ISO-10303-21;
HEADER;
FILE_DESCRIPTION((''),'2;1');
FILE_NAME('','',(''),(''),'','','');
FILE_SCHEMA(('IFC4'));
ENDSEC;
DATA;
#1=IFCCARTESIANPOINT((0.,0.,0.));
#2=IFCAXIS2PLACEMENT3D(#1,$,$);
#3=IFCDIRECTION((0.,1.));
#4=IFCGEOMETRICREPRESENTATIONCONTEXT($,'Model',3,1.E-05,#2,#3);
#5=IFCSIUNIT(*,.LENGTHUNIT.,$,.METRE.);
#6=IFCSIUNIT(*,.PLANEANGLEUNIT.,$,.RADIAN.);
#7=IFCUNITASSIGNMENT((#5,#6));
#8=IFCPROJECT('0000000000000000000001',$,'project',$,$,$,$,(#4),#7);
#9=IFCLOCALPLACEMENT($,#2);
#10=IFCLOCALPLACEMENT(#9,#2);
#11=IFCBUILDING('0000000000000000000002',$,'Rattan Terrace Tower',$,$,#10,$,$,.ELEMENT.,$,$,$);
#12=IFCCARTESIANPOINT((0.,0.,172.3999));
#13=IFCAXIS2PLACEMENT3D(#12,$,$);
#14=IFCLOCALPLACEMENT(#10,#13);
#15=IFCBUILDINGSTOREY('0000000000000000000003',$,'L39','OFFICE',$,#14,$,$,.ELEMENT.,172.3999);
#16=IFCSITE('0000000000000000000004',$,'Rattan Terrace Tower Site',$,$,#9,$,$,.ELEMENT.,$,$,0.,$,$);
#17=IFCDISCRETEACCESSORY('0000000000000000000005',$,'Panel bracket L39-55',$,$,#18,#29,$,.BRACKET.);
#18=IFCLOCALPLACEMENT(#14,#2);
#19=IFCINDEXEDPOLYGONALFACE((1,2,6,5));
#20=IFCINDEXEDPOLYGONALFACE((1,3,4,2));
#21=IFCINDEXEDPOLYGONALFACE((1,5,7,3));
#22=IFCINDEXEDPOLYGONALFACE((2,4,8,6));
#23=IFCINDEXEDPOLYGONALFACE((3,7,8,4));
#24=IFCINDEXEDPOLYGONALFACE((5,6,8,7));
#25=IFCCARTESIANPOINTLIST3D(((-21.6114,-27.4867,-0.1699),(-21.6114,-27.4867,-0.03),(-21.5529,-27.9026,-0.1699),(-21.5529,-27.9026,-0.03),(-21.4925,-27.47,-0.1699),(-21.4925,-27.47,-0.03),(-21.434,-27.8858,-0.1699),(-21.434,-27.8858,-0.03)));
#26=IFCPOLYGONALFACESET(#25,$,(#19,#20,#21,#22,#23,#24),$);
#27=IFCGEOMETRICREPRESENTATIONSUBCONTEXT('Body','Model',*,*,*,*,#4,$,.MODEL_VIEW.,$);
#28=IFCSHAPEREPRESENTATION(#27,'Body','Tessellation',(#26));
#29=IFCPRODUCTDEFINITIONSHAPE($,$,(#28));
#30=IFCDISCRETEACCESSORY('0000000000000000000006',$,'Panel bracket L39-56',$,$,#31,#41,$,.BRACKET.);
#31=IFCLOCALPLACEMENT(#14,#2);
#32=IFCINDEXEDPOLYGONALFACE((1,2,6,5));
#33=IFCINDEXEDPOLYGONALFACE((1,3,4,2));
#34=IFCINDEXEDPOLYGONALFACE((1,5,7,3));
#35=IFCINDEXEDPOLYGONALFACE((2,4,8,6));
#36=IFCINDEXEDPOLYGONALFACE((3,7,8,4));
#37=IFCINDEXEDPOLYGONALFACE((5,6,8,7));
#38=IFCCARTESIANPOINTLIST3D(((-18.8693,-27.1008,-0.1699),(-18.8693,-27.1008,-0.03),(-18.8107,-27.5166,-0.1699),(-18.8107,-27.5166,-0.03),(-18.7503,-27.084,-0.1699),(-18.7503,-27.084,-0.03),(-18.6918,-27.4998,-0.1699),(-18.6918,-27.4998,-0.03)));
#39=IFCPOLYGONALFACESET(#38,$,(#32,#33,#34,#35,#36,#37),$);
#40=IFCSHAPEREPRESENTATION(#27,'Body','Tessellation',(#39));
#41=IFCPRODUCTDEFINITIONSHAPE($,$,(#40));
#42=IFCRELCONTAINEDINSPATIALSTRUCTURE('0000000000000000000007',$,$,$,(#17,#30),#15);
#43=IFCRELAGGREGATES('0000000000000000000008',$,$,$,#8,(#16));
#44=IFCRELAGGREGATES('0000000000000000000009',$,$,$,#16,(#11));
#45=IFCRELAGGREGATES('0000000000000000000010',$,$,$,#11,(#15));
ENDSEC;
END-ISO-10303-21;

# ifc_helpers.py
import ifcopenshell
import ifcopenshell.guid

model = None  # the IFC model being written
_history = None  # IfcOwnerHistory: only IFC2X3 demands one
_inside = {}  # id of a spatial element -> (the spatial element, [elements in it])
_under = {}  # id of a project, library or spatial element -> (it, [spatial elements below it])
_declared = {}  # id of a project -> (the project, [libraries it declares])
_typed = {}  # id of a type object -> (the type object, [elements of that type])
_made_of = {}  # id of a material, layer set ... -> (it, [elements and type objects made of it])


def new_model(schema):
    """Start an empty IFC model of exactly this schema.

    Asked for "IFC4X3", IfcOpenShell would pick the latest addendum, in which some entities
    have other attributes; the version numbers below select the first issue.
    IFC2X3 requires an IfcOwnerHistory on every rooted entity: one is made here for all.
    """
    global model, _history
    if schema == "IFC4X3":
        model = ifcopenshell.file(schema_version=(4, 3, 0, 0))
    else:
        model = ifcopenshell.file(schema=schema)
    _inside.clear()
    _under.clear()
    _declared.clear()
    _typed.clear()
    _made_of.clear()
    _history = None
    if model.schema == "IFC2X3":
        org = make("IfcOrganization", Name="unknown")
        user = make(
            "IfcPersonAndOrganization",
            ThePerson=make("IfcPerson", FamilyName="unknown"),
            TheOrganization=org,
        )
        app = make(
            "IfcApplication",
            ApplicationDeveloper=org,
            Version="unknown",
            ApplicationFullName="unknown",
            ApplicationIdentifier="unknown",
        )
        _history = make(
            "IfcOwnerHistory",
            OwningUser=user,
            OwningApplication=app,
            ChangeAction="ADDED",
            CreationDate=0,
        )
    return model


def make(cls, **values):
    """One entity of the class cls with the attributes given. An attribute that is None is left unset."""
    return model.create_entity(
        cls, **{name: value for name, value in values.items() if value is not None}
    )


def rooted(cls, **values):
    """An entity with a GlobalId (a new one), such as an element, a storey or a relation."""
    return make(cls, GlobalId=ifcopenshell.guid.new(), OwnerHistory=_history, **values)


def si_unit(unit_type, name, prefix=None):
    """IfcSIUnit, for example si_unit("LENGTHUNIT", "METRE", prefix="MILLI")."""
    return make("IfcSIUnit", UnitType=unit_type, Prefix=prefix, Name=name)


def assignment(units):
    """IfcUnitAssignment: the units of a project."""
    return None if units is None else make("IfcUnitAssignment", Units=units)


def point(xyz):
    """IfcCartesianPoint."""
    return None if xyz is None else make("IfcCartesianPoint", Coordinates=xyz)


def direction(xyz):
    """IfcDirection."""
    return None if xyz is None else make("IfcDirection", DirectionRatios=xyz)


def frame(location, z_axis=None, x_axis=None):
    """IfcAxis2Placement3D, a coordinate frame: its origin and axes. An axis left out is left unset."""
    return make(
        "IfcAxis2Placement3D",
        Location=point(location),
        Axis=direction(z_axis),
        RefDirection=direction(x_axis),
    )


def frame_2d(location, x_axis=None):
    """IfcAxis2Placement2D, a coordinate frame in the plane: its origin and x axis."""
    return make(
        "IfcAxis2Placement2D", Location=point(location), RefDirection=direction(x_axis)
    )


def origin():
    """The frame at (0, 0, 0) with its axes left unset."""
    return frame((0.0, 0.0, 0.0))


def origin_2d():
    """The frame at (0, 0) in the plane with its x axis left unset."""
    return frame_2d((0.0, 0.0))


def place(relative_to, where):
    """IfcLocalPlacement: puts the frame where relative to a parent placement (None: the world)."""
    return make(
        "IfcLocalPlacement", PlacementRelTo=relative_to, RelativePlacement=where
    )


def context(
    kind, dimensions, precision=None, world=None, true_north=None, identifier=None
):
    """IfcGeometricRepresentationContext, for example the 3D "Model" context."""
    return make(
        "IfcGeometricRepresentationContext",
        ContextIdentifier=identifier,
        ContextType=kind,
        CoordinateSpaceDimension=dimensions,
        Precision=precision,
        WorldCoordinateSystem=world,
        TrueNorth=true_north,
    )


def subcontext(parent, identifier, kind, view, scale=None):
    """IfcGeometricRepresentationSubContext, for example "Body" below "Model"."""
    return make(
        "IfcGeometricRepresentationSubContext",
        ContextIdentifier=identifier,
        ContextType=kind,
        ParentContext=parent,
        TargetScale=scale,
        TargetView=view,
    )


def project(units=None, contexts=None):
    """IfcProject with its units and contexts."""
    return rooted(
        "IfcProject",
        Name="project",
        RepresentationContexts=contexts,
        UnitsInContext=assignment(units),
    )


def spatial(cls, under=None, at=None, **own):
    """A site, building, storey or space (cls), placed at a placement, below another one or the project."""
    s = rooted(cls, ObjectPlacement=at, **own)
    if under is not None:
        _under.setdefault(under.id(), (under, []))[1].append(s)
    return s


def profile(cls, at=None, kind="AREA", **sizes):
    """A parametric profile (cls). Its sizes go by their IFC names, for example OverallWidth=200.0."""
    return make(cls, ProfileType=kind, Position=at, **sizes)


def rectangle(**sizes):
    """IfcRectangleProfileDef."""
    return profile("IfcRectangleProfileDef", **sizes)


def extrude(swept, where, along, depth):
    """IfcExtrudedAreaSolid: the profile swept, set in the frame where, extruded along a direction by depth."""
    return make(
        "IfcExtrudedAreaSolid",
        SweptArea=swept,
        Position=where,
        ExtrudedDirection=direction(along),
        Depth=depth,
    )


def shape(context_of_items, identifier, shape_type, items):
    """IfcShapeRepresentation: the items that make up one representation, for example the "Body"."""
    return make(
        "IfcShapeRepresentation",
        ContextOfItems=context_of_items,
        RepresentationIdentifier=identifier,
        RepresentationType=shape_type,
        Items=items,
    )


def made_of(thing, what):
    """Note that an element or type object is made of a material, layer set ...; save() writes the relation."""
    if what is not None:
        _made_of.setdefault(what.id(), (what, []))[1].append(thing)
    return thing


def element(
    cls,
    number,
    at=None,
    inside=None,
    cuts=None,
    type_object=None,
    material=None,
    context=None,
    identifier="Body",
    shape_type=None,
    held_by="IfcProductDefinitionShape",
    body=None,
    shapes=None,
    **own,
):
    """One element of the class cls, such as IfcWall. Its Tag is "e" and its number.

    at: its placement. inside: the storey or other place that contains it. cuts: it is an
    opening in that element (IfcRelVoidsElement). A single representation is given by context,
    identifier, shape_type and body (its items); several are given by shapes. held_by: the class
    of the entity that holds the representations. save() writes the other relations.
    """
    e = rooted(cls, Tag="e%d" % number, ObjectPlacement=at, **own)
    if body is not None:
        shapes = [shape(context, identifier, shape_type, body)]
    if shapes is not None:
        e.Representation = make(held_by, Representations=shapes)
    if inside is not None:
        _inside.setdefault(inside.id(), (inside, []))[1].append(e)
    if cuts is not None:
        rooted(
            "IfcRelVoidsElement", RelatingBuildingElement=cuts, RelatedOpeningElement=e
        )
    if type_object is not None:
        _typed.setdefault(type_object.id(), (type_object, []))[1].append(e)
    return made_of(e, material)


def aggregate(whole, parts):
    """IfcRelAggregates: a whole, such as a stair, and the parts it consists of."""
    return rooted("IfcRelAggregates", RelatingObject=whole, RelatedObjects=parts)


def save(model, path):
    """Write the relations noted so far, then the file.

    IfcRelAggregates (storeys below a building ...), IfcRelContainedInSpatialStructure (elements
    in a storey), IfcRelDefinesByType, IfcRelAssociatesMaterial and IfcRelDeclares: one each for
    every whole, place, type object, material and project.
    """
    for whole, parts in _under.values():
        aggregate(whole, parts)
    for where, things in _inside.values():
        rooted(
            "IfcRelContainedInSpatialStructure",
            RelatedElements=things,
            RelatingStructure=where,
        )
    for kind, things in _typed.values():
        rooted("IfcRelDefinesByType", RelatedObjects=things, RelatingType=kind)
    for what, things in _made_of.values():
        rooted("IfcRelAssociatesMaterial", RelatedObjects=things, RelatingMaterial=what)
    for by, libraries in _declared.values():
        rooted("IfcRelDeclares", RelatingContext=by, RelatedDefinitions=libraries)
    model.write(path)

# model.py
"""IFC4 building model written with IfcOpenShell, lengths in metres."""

from ifc_helpers import new_model, si_unit, direction, frame, origin, origin_2d, place, context, subcontext, project, spatial, rectangle, extrude, element, save


model = new_model("IFC4")

# Units and contexts
model_context = context("Model", 3, precision=1e-05, world=origin(), true_north=direction((0.0, 1.0)))
body_context = subcontext(model_context, "Body", "Model", "MODEL_VIEW")
ifc_project = project(units=[si_unit("LENGTHUNIT", "METRE"), si_unit("PLANEANGLEUNIT", "RADIAN")], contexts=[model_context])

# Site, building, storey
site_placement = place(None, origin())
site = spatial("IfcSite", under=ifc_project, at=site_placement, Name="Rattan Terrace Tower Site", CompositionType="ELEMENT", RefElevation=0.0)
building_placement = place(site_placement, origin())
building = spatial("IfcBuilding", under=site, at=building_placement, Name="Rattan Terrace Tower", CompositionType="ELEMENT")
storey_placement = place(building_placement, frame((0.0, 0.0, 172.3999)))
storey = spatial("IfcBuildingStorey", under=building, at=storey_placement, Name="L39", Description="OFFICE", CompositionType="ELEMENT", Elevation=172.3999)

# Discrete accessories
for number, where, z_axis, x_axis, name in (
    (1, (-21.5227, -27.6863, -0.1699), (0.0, 0.0, 1.0), (0.990241, 0.139367, 0.0), "Panel bracket L39-55"),
    (2, (-18.7805, -27.3003, -0.1699), (0.0, 0.0, 1.0), (0.990241, 0.139367, 0.0), "Panel bracket L39-56"),
):
    element("IfcDiscreteAccessory", number, at=place(storey_placement, frame(where, z_axis=z_axis, x_axis=x_axis)), inside=storey, Name=name, PredefinedType="BRACKET", context=body_context, shape_type="SweptSolid", body=[
        extrude(rectangle(XDim=0.1201, YDim=0.4199, at=origin_2d()), origin(), (0.0, 0.0, 1.0), 0.1399),
    ])

save(model, "model.ifc")
